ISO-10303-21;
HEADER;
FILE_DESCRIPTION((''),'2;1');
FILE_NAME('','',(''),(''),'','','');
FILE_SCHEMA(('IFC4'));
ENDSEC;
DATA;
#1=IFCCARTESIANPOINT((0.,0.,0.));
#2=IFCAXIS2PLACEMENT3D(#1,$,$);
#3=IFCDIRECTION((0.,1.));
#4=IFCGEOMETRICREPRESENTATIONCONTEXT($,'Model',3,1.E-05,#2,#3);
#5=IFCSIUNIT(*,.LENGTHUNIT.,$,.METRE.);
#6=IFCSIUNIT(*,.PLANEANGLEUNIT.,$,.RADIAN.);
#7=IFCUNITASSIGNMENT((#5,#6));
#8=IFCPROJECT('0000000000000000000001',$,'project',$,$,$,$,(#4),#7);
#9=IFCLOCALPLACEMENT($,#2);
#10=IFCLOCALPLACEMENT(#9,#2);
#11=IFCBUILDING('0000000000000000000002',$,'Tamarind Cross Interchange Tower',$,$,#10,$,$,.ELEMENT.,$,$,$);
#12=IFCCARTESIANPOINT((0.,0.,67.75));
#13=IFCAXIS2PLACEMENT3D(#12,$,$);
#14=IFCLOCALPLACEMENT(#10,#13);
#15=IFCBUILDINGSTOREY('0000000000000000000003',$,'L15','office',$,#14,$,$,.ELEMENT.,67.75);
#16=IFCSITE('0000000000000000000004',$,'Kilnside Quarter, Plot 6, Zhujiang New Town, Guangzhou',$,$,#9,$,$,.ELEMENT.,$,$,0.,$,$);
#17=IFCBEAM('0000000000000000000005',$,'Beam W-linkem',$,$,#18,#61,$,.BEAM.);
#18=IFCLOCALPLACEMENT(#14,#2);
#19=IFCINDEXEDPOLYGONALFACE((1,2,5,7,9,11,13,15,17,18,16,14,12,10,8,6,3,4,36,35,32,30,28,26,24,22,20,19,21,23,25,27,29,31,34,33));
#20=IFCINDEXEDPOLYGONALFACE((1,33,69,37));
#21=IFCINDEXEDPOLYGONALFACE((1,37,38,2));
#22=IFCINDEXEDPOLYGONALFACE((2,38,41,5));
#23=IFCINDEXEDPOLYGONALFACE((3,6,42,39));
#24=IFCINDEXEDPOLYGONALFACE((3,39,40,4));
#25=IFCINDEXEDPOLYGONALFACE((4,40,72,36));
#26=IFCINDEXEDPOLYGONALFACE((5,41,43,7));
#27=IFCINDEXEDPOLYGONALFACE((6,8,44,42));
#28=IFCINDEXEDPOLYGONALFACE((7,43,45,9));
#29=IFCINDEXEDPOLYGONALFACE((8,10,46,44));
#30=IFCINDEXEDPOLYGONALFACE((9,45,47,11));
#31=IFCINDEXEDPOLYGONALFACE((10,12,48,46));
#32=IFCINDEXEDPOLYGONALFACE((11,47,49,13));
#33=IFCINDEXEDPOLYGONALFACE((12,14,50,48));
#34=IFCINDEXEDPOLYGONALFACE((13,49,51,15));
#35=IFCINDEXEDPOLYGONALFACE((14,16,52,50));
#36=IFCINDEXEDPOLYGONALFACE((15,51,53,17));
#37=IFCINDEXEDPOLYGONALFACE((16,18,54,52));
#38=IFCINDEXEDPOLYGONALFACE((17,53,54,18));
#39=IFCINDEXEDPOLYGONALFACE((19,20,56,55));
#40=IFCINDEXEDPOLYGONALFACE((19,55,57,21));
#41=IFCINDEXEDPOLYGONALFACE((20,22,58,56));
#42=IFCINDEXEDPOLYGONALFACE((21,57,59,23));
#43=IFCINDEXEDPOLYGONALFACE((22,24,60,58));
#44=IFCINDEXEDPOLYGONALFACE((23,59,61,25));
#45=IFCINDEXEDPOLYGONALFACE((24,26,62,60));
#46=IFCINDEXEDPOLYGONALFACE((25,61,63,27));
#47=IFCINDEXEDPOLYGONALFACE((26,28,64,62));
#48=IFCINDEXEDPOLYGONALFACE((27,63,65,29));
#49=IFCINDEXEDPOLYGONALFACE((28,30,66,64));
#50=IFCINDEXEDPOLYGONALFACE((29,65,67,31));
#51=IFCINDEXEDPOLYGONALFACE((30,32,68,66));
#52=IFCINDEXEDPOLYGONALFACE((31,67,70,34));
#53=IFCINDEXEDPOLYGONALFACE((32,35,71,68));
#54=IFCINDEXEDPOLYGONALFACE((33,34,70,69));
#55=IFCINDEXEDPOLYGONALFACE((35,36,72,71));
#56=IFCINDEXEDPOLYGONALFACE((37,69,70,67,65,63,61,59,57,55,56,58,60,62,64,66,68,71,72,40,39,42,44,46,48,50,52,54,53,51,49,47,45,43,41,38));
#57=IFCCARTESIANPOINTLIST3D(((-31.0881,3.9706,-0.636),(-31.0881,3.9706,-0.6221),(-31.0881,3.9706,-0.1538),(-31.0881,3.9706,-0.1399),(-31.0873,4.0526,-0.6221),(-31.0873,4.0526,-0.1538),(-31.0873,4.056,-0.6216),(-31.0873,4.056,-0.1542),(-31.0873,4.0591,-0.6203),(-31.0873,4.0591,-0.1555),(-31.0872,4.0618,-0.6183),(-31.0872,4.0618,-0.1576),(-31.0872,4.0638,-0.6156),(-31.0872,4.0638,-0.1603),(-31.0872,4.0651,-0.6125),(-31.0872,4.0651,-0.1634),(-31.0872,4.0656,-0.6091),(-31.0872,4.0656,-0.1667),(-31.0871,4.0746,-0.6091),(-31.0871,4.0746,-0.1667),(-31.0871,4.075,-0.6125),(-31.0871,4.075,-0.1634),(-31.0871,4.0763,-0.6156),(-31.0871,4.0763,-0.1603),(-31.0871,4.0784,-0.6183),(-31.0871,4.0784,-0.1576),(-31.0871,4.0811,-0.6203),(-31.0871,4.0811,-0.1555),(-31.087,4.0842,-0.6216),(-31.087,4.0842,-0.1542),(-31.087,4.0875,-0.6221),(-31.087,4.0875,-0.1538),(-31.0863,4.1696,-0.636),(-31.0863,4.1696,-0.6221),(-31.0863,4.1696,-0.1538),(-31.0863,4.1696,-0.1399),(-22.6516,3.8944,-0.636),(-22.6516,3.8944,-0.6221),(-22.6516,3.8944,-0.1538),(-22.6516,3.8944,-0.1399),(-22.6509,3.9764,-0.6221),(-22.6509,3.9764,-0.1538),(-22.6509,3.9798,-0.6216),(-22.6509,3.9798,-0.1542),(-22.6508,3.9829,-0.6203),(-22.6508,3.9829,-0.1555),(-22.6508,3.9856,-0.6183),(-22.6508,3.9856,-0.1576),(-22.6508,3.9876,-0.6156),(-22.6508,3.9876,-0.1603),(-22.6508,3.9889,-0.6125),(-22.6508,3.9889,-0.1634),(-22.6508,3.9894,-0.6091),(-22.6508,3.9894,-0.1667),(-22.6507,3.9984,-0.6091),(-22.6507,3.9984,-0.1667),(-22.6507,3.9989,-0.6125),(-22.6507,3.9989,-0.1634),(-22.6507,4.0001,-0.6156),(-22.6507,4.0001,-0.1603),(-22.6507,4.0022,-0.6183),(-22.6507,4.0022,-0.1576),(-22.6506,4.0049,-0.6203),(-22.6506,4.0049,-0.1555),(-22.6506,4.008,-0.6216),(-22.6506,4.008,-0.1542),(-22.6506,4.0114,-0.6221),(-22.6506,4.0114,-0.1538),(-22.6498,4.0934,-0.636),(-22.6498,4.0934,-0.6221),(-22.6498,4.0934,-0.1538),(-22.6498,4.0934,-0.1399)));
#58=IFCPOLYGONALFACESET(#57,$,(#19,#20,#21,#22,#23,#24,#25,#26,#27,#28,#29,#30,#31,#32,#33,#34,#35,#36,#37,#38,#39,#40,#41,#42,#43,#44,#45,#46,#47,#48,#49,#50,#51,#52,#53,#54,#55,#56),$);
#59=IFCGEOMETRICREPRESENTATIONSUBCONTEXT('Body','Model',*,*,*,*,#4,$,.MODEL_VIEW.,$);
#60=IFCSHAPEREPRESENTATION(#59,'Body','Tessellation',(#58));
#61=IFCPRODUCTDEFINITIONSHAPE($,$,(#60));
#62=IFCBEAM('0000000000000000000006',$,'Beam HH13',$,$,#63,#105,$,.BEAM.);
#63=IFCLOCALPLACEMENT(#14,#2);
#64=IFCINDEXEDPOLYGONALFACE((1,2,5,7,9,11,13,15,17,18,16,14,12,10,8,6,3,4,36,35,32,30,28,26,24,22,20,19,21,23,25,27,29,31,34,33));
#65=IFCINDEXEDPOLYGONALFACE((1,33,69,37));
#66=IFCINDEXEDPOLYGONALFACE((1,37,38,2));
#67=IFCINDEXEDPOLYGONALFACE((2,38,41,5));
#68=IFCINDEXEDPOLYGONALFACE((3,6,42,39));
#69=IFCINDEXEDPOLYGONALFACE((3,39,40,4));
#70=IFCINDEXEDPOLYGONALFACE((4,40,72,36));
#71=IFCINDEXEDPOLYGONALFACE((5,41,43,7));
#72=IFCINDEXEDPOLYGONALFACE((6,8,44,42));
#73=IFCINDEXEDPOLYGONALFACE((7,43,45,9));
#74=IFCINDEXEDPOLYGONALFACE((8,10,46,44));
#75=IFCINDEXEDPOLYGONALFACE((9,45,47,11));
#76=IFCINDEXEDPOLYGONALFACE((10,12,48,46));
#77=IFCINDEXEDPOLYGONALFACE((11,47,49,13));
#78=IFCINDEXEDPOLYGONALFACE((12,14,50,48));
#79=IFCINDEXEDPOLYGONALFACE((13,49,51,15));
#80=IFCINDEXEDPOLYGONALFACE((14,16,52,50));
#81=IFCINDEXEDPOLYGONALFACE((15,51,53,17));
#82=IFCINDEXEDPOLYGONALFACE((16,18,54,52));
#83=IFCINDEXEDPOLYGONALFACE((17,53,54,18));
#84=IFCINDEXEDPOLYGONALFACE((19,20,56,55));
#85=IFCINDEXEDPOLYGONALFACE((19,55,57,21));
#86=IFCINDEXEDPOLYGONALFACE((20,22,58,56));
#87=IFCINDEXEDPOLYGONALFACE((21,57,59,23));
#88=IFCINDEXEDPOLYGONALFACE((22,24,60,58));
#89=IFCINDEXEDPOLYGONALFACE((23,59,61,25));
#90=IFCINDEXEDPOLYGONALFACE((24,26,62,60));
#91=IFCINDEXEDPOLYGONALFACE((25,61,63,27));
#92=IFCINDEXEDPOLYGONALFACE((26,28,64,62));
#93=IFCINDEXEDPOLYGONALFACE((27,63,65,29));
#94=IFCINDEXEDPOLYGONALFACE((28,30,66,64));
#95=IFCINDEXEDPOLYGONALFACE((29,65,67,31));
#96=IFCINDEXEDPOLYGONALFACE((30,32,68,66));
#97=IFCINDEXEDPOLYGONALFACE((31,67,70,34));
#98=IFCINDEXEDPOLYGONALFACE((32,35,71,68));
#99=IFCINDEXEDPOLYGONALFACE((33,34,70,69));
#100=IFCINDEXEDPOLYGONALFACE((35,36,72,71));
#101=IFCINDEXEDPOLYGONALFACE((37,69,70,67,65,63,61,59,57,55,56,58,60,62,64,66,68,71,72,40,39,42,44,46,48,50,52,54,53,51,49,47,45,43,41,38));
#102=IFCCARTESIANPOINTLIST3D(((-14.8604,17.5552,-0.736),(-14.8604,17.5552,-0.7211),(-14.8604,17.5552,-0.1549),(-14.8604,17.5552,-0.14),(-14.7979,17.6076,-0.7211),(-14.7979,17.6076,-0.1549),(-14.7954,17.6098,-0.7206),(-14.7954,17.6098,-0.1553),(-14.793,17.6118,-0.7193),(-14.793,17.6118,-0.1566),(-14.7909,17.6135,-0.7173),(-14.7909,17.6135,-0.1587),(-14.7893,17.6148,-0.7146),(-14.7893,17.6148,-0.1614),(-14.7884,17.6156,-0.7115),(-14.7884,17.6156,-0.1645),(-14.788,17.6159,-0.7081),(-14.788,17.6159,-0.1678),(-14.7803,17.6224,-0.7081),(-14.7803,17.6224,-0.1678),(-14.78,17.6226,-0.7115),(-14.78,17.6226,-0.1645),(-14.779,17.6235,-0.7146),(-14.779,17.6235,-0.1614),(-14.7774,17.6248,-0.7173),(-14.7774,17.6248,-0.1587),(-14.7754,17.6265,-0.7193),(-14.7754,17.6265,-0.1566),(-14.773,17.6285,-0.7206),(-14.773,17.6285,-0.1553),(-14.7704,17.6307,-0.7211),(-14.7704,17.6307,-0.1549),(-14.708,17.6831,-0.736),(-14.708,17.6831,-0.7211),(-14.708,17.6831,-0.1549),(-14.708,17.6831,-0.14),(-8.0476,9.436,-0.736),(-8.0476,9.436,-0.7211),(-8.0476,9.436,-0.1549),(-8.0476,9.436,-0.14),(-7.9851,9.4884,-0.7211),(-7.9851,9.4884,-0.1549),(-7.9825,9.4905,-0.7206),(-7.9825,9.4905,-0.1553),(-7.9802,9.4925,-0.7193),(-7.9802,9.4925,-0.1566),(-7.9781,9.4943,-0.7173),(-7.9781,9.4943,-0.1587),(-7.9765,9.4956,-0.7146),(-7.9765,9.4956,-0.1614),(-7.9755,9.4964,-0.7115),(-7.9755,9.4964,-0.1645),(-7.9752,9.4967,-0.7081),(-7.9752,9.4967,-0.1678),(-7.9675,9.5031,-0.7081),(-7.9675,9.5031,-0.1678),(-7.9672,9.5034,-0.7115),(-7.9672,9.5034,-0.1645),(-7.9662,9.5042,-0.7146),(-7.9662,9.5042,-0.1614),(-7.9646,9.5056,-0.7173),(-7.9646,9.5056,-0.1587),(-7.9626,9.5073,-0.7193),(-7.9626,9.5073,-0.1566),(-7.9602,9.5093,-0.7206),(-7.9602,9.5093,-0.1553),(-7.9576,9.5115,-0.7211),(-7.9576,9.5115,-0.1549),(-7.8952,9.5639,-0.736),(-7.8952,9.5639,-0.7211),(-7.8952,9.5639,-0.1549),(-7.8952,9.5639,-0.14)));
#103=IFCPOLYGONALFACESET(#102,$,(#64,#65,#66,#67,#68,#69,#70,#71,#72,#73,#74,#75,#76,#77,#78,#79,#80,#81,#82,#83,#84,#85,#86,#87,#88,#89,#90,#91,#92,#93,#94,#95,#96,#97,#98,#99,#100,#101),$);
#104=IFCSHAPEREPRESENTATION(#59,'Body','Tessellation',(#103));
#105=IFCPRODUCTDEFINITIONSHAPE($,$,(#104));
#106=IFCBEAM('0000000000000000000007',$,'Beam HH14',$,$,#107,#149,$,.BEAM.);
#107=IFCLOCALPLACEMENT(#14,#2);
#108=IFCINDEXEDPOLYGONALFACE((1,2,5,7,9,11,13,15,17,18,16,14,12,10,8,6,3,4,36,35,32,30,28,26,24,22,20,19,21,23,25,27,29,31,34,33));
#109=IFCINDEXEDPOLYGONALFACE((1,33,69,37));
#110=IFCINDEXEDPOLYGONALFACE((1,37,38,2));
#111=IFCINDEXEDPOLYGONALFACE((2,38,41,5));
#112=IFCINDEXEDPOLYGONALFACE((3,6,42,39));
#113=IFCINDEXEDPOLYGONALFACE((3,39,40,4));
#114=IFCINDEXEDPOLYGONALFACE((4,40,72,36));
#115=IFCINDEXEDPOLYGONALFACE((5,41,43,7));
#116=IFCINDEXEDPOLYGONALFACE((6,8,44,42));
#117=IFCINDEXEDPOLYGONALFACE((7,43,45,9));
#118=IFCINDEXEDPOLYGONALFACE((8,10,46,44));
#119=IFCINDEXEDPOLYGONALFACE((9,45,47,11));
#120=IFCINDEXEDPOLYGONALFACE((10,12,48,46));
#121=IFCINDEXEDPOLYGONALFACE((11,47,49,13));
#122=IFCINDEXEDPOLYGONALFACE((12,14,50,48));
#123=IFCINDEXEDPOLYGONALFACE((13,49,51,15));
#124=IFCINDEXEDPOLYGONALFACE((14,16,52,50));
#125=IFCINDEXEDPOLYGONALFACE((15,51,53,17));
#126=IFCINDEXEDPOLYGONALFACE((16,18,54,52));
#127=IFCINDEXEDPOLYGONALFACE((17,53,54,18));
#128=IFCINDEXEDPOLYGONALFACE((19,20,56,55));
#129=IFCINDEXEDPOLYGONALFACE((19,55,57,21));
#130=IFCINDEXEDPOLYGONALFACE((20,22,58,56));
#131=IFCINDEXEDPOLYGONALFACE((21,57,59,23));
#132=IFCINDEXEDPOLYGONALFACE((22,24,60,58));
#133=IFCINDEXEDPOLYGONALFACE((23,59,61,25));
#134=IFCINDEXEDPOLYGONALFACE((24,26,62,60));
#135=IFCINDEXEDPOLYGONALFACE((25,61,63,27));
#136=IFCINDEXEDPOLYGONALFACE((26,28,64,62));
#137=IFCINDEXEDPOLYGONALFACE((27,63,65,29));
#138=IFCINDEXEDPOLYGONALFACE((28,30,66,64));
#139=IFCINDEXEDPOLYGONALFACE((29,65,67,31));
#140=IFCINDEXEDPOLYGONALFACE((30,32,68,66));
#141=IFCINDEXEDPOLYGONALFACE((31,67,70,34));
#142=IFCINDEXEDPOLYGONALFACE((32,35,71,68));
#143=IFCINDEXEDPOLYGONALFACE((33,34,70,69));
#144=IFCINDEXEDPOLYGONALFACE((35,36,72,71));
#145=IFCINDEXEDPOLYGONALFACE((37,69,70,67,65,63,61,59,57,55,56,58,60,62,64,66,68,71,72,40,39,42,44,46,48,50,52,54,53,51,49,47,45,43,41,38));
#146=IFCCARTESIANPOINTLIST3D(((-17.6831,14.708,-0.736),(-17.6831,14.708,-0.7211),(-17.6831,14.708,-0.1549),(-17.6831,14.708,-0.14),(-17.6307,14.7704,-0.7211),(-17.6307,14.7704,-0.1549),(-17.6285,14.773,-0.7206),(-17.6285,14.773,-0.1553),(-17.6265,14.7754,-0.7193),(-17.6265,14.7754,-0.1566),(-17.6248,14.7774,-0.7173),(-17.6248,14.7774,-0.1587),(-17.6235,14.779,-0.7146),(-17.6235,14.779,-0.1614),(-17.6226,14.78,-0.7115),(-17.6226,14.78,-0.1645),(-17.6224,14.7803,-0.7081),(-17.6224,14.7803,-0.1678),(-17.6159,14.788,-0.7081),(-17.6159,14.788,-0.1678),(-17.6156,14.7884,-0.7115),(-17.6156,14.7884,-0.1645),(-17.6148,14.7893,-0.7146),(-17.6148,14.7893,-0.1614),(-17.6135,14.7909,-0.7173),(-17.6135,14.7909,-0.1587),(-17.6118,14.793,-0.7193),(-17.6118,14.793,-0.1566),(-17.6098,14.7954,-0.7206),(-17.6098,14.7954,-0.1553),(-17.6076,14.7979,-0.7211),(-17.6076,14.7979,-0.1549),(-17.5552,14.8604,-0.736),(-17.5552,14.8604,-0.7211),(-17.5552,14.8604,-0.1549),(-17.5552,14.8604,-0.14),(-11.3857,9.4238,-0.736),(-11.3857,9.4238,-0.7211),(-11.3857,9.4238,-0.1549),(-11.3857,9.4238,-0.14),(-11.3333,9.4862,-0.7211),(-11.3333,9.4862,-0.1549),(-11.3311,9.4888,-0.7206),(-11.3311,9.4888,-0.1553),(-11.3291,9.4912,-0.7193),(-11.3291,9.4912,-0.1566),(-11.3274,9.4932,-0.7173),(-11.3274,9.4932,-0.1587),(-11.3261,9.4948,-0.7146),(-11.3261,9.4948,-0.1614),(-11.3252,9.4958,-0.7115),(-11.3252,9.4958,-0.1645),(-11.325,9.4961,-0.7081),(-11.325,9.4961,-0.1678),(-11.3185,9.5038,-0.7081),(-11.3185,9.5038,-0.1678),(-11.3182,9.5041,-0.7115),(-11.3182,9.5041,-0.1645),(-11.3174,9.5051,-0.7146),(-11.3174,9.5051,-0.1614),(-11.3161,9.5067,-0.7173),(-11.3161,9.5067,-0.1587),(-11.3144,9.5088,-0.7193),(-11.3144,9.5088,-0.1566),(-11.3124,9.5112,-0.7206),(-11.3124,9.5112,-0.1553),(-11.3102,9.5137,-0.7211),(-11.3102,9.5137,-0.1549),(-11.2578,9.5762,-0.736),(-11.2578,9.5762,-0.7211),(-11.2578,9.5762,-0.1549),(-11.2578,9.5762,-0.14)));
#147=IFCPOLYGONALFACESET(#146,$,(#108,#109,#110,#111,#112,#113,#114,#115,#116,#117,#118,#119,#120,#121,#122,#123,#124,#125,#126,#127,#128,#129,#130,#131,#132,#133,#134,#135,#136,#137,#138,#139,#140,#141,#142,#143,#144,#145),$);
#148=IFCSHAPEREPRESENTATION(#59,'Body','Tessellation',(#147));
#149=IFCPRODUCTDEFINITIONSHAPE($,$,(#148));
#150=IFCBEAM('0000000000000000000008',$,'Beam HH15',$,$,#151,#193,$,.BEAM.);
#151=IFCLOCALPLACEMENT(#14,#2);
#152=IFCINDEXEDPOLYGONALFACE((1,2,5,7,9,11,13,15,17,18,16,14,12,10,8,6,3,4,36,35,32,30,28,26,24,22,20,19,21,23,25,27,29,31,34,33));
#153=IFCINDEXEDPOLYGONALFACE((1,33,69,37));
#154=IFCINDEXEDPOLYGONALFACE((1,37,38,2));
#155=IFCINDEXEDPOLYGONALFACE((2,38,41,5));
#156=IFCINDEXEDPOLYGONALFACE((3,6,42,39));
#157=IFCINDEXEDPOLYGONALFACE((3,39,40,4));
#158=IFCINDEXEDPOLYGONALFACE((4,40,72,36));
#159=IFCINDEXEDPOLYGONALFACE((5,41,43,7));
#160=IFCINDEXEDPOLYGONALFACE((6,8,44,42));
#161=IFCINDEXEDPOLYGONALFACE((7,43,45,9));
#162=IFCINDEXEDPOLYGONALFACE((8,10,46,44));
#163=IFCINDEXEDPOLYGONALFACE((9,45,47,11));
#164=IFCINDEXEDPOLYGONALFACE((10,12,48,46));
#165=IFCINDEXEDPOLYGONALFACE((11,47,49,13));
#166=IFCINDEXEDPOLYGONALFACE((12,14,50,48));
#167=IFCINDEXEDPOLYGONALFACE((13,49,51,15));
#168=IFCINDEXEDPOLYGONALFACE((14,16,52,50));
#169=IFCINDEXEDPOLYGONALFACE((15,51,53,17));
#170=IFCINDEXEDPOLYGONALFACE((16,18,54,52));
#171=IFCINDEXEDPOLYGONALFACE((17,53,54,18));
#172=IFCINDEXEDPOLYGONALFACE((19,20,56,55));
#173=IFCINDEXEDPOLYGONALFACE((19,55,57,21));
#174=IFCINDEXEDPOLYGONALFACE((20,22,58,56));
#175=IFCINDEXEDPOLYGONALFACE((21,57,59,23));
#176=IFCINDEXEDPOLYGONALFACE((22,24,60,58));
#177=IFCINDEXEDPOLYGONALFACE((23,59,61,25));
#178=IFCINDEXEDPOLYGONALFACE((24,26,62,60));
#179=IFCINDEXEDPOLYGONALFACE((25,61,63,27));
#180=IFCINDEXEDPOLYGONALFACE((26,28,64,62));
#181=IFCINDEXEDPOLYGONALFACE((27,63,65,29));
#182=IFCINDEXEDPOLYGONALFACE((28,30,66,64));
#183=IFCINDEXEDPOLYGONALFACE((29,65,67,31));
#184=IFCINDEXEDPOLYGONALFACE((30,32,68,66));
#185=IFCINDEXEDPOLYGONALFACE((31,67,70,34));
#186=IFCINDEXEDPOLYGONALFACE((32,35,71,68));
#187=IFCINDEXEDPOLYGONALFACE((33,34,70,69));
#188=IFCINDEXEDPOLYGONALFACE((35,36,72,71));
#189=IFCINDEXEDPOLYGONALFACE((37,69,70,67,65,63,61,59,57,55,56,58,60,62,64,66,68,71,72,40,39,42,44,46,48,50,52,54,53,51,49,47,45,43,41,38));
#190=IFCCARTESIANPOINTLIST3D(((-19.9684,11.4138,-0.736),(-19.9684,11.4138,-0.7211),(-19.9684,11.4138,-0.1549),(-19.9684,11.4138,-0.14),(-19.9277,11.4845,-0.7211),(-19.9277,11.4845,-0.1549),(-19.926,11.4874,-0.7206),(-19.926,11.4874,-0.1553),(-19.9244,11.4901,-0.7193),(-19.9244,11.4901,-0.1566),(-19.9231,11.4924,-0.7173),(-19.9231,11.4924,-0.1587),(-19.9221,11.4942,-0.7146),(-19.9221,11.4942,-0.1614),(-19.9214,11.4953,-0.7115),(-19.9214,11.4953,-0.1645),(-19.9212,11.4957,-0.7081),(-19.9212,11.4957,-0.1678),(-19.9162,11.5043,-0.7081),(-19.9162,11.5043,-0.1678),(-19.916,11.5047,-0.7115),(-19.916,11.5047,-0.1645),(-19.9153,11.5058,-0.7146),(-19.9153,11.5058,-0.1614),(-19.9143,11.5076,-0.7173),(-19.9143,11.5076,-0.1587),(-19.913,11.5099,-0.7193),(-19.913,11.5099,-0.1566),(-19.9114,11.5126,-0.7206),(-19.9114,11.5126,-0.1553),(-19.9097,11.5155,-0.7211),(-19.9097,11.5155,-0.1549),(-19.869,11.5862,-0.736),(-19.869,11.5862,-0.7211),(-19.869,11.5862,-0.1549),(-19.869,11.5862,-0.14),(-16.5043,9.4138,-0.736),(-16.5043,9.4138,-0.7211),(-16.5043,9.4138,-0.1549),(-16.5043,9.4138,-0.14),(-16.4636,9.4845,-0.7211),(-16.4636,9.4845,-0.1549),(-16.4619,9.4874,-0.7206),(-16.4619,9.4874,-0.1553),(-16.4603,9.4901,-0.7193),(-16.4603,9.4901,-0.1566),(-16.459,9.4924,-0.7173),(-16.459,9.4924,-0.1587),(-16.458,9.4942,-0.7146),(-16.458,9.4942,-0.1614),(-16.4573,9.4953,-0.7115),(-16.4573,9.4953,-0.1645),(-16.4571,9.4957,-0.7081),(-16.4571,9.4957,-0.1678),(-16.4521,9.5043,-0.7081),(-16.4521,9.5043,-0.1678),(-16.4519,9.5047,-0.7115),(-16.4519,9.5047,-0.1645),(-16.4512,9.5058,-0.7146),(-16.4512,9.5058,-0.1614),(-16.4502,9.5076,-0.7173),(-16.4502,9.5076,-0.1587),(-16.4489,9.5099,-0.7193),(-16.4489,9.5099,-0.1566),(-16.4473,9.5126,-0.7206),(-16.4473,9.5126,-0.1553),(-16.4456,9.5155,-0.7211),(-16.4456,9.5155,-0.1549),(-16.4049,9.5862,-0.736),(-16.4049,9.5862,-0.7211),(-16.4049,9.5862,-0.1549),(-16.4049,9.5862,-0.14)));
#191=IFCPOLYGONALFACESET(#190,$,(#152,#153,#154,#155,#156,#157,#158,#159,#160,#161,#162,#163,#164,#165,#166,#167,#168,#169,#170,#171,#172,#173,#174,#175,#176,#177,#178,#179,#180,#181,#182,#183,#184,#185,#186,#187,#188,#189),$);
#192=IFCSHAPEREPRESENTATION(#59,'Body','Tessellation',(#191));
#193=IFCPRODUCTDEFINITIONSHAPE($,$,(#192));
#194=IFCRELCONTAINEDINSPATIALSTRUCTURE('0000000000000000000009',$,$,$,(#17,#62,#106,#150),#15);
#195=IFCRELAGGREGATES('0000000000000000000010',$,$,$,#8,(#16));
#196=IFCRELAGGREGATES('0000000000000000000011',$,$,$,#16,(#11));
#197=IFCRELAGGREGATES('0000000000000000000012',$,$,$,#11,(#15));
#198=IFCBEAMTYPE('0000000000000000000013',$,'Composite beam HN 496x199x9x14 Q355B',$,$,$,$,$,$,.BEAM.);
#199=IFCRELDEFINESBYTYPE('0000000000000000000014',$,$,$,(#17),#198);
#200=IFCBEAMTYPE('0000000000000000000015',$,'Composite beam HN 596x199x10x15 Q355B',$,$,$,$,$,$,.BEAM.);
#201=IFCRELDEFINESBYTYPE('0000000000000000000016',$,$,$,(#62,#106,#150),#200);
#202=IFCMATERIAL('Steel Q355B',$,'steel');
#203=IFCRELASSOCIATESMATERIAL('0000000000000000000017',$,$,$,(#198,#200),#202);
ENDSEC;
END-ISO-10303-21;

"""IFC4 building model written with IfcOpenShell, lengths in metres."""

from ifc_helpers import new_model, si_unit, direction, frame, origin, origin_2d, place, context, subcontext, project, spatial, i_section, extrude, material, material_profile, profile_set, type_object, element, save


model = new_model("IFC4")

# Units and contexts
model_context = context("Model", 3, precision=1e-05, world=origin(), true_north=direction((0.0, 1.0)))
body_context = subcontext(model_context, "Body", "Model", "MODEL_VIEW")
ifc_project = project(units=[si_unit("LENGTHUNIT", "METRE"), si_unit("PLANEANGLEUNIT", "RADIAN")], contexts=[model_context])

# Site, building, storey
site_placement = place(None, origin())
site = spatial("IfcSite", under=ifc_project, at=site_placement, Name="Kilnside Quarter, Plot 6, Zhujiang New Town, Guangzhou", CompositionType="ELEMENT", RefElevation=0.0)
building_placement = place(site_placement, origin())
building = spatial("IfcBuilding", under=site, at=building_placement, Name="Tamarind Cross Interchange Tower", CompositionType="ELEMENT")
storey_placement = place(building_placement, frame((0.0, 0.0, 67.75)))
storey = spatial("IfcBuildingStorey", under=building, at=storey_placement, Name="L15", Description="office", CompositionType="ELEMENT", Elevation=67.75)

# Beams
ifc_material_1 = material(Name="Steel Q355B", Category="steel")
ifc_material_profile_1 = material_profile(ifc_material_1, i_section(OverallWidth=0.199, OverallDepth=0.4961, WebThickness=0.009, FlangeThickness=0.0139, FilletRadius=0.0129, at=origin_2d()), Name="HN 496x199x9x14")
ifc_profile_set_1 = profile_set([ifc_material_profile_1], Name="Steel Q355B")
beam_type_1 = type_object("IfcBeamType", Name="Composite beam HN 496x199x9x14 Q355B", PredefinedType="BEAM", material=ifc_profile_set_1)
beam_1_placement = place(storey_placement, frame((-31.0872, 4.0701, -0.3879), z_axis=(0.999959, -0.009028, 0.0), x_axis=(0.009028, 0.999959, 0.0)))
element("IfcBeam", 1, at=beam_1_placement, inside=storey, type_object=beam_type_1, Name="Beam W-linkem", PredefinedType="BEAM", context=body_context, shape_type="SweptSolid", body=[
    extrude(i_section(OverallWidth=0.199, OverallDepth=0.4961, WebThickness=0.009, FlangeThickness=0.0139, FilletRadius=0.0129, at=origin_2d()), origin(), (0.0, 0.0, 1.0), 8.4368),
])
ifc_material_profile_2 = material_profile(ifc_material_1, i_section(OverallWidth=0.199, OverallDepth=0.5959, WebThickness=0.01, FlangeThickness=0.0149, FilletRadius=0.0129, at=origin_2d()), Name="HN 596x199x10x15")
ifc_profile_set_2 = profile_set([ifc_material_profile_2], Name="Steel Q355B")
beam_type_2 = type_object("IfcBeamType", Name="Composite beam HN 596x199x10x15 Q355B", PredefinedType="BEAM", material=ifc_profile_set_2)
beam_2_placement = place(storey_placement, frame((-14.7842, 17.6191, -0.438), z_axis=(0.642786, -0.766046, 0.0), x_axis=(0.766046, 0.642786, 0.0)))
element("IfcBeam", 2, at=beam_2_placement, inside=storey, type_object=beam_type_2, Name="Beam HH13", PredefinedType="BEAM", context=body_context, shape_type="SweptSolid", body=[
    extrude(i_section(OverallWidth=0.199, OverallDepth=0.5959, WebThickness=0.01, FlangeThickness=0.0149, FilletRadius=0.0129, at=origin_2d()), origin(), (0.0, 0.0, 1.0), 10.5989),
])
beam_3_placement = place(storey_placement, frame((-17.6191, 14.7842, -0.438), z_axis=(0.766041, -0.642792, 0.0), x_axis=(0.642792, 0.766041, 0.0)))
element("IfcBeam", 3, at=beam_3_placement, inside=storey, type_object=beam_type_2, Name="Beam HH14", PredefinedType="BEAM", context=body_context, shape_type="SweptSolid", body=[
    extrude(i_section(OverallWidth=0.199, OverallDepth=0.5959, WebThickness=0.01, FlangeThickness=0.0149, FilletRadius=0.0129, at=origin_2d()), origin(), (0.0, 0.0, 1.0), 8.2207),
])
beam_4_placement = place(storey_placement, frame((-19.9187, 11.5, -0.438), z_axis=(0.866026, -0.499999, 0.0), x_axis=(0.499999, 0.866026, 0.0)))
element("IfcBeam", 4, at=beam_4_placement, inside=storey, type_object=beam_type_2, Name="Beam HH15", PredefinedType="BEAM", context=body_context, shape_type="SweptSolid", body=[
    extrude(i_section(OverallWidth=0.199, OverallDepth=0.5959, WebThickness=0.01, FlangeThickness=0.0149, FilletRadius=0.0129, at=origin_2d()), origin(), (0.0, 0.0, 1.0), 4.0),
])

save(model, "model.ifc")
